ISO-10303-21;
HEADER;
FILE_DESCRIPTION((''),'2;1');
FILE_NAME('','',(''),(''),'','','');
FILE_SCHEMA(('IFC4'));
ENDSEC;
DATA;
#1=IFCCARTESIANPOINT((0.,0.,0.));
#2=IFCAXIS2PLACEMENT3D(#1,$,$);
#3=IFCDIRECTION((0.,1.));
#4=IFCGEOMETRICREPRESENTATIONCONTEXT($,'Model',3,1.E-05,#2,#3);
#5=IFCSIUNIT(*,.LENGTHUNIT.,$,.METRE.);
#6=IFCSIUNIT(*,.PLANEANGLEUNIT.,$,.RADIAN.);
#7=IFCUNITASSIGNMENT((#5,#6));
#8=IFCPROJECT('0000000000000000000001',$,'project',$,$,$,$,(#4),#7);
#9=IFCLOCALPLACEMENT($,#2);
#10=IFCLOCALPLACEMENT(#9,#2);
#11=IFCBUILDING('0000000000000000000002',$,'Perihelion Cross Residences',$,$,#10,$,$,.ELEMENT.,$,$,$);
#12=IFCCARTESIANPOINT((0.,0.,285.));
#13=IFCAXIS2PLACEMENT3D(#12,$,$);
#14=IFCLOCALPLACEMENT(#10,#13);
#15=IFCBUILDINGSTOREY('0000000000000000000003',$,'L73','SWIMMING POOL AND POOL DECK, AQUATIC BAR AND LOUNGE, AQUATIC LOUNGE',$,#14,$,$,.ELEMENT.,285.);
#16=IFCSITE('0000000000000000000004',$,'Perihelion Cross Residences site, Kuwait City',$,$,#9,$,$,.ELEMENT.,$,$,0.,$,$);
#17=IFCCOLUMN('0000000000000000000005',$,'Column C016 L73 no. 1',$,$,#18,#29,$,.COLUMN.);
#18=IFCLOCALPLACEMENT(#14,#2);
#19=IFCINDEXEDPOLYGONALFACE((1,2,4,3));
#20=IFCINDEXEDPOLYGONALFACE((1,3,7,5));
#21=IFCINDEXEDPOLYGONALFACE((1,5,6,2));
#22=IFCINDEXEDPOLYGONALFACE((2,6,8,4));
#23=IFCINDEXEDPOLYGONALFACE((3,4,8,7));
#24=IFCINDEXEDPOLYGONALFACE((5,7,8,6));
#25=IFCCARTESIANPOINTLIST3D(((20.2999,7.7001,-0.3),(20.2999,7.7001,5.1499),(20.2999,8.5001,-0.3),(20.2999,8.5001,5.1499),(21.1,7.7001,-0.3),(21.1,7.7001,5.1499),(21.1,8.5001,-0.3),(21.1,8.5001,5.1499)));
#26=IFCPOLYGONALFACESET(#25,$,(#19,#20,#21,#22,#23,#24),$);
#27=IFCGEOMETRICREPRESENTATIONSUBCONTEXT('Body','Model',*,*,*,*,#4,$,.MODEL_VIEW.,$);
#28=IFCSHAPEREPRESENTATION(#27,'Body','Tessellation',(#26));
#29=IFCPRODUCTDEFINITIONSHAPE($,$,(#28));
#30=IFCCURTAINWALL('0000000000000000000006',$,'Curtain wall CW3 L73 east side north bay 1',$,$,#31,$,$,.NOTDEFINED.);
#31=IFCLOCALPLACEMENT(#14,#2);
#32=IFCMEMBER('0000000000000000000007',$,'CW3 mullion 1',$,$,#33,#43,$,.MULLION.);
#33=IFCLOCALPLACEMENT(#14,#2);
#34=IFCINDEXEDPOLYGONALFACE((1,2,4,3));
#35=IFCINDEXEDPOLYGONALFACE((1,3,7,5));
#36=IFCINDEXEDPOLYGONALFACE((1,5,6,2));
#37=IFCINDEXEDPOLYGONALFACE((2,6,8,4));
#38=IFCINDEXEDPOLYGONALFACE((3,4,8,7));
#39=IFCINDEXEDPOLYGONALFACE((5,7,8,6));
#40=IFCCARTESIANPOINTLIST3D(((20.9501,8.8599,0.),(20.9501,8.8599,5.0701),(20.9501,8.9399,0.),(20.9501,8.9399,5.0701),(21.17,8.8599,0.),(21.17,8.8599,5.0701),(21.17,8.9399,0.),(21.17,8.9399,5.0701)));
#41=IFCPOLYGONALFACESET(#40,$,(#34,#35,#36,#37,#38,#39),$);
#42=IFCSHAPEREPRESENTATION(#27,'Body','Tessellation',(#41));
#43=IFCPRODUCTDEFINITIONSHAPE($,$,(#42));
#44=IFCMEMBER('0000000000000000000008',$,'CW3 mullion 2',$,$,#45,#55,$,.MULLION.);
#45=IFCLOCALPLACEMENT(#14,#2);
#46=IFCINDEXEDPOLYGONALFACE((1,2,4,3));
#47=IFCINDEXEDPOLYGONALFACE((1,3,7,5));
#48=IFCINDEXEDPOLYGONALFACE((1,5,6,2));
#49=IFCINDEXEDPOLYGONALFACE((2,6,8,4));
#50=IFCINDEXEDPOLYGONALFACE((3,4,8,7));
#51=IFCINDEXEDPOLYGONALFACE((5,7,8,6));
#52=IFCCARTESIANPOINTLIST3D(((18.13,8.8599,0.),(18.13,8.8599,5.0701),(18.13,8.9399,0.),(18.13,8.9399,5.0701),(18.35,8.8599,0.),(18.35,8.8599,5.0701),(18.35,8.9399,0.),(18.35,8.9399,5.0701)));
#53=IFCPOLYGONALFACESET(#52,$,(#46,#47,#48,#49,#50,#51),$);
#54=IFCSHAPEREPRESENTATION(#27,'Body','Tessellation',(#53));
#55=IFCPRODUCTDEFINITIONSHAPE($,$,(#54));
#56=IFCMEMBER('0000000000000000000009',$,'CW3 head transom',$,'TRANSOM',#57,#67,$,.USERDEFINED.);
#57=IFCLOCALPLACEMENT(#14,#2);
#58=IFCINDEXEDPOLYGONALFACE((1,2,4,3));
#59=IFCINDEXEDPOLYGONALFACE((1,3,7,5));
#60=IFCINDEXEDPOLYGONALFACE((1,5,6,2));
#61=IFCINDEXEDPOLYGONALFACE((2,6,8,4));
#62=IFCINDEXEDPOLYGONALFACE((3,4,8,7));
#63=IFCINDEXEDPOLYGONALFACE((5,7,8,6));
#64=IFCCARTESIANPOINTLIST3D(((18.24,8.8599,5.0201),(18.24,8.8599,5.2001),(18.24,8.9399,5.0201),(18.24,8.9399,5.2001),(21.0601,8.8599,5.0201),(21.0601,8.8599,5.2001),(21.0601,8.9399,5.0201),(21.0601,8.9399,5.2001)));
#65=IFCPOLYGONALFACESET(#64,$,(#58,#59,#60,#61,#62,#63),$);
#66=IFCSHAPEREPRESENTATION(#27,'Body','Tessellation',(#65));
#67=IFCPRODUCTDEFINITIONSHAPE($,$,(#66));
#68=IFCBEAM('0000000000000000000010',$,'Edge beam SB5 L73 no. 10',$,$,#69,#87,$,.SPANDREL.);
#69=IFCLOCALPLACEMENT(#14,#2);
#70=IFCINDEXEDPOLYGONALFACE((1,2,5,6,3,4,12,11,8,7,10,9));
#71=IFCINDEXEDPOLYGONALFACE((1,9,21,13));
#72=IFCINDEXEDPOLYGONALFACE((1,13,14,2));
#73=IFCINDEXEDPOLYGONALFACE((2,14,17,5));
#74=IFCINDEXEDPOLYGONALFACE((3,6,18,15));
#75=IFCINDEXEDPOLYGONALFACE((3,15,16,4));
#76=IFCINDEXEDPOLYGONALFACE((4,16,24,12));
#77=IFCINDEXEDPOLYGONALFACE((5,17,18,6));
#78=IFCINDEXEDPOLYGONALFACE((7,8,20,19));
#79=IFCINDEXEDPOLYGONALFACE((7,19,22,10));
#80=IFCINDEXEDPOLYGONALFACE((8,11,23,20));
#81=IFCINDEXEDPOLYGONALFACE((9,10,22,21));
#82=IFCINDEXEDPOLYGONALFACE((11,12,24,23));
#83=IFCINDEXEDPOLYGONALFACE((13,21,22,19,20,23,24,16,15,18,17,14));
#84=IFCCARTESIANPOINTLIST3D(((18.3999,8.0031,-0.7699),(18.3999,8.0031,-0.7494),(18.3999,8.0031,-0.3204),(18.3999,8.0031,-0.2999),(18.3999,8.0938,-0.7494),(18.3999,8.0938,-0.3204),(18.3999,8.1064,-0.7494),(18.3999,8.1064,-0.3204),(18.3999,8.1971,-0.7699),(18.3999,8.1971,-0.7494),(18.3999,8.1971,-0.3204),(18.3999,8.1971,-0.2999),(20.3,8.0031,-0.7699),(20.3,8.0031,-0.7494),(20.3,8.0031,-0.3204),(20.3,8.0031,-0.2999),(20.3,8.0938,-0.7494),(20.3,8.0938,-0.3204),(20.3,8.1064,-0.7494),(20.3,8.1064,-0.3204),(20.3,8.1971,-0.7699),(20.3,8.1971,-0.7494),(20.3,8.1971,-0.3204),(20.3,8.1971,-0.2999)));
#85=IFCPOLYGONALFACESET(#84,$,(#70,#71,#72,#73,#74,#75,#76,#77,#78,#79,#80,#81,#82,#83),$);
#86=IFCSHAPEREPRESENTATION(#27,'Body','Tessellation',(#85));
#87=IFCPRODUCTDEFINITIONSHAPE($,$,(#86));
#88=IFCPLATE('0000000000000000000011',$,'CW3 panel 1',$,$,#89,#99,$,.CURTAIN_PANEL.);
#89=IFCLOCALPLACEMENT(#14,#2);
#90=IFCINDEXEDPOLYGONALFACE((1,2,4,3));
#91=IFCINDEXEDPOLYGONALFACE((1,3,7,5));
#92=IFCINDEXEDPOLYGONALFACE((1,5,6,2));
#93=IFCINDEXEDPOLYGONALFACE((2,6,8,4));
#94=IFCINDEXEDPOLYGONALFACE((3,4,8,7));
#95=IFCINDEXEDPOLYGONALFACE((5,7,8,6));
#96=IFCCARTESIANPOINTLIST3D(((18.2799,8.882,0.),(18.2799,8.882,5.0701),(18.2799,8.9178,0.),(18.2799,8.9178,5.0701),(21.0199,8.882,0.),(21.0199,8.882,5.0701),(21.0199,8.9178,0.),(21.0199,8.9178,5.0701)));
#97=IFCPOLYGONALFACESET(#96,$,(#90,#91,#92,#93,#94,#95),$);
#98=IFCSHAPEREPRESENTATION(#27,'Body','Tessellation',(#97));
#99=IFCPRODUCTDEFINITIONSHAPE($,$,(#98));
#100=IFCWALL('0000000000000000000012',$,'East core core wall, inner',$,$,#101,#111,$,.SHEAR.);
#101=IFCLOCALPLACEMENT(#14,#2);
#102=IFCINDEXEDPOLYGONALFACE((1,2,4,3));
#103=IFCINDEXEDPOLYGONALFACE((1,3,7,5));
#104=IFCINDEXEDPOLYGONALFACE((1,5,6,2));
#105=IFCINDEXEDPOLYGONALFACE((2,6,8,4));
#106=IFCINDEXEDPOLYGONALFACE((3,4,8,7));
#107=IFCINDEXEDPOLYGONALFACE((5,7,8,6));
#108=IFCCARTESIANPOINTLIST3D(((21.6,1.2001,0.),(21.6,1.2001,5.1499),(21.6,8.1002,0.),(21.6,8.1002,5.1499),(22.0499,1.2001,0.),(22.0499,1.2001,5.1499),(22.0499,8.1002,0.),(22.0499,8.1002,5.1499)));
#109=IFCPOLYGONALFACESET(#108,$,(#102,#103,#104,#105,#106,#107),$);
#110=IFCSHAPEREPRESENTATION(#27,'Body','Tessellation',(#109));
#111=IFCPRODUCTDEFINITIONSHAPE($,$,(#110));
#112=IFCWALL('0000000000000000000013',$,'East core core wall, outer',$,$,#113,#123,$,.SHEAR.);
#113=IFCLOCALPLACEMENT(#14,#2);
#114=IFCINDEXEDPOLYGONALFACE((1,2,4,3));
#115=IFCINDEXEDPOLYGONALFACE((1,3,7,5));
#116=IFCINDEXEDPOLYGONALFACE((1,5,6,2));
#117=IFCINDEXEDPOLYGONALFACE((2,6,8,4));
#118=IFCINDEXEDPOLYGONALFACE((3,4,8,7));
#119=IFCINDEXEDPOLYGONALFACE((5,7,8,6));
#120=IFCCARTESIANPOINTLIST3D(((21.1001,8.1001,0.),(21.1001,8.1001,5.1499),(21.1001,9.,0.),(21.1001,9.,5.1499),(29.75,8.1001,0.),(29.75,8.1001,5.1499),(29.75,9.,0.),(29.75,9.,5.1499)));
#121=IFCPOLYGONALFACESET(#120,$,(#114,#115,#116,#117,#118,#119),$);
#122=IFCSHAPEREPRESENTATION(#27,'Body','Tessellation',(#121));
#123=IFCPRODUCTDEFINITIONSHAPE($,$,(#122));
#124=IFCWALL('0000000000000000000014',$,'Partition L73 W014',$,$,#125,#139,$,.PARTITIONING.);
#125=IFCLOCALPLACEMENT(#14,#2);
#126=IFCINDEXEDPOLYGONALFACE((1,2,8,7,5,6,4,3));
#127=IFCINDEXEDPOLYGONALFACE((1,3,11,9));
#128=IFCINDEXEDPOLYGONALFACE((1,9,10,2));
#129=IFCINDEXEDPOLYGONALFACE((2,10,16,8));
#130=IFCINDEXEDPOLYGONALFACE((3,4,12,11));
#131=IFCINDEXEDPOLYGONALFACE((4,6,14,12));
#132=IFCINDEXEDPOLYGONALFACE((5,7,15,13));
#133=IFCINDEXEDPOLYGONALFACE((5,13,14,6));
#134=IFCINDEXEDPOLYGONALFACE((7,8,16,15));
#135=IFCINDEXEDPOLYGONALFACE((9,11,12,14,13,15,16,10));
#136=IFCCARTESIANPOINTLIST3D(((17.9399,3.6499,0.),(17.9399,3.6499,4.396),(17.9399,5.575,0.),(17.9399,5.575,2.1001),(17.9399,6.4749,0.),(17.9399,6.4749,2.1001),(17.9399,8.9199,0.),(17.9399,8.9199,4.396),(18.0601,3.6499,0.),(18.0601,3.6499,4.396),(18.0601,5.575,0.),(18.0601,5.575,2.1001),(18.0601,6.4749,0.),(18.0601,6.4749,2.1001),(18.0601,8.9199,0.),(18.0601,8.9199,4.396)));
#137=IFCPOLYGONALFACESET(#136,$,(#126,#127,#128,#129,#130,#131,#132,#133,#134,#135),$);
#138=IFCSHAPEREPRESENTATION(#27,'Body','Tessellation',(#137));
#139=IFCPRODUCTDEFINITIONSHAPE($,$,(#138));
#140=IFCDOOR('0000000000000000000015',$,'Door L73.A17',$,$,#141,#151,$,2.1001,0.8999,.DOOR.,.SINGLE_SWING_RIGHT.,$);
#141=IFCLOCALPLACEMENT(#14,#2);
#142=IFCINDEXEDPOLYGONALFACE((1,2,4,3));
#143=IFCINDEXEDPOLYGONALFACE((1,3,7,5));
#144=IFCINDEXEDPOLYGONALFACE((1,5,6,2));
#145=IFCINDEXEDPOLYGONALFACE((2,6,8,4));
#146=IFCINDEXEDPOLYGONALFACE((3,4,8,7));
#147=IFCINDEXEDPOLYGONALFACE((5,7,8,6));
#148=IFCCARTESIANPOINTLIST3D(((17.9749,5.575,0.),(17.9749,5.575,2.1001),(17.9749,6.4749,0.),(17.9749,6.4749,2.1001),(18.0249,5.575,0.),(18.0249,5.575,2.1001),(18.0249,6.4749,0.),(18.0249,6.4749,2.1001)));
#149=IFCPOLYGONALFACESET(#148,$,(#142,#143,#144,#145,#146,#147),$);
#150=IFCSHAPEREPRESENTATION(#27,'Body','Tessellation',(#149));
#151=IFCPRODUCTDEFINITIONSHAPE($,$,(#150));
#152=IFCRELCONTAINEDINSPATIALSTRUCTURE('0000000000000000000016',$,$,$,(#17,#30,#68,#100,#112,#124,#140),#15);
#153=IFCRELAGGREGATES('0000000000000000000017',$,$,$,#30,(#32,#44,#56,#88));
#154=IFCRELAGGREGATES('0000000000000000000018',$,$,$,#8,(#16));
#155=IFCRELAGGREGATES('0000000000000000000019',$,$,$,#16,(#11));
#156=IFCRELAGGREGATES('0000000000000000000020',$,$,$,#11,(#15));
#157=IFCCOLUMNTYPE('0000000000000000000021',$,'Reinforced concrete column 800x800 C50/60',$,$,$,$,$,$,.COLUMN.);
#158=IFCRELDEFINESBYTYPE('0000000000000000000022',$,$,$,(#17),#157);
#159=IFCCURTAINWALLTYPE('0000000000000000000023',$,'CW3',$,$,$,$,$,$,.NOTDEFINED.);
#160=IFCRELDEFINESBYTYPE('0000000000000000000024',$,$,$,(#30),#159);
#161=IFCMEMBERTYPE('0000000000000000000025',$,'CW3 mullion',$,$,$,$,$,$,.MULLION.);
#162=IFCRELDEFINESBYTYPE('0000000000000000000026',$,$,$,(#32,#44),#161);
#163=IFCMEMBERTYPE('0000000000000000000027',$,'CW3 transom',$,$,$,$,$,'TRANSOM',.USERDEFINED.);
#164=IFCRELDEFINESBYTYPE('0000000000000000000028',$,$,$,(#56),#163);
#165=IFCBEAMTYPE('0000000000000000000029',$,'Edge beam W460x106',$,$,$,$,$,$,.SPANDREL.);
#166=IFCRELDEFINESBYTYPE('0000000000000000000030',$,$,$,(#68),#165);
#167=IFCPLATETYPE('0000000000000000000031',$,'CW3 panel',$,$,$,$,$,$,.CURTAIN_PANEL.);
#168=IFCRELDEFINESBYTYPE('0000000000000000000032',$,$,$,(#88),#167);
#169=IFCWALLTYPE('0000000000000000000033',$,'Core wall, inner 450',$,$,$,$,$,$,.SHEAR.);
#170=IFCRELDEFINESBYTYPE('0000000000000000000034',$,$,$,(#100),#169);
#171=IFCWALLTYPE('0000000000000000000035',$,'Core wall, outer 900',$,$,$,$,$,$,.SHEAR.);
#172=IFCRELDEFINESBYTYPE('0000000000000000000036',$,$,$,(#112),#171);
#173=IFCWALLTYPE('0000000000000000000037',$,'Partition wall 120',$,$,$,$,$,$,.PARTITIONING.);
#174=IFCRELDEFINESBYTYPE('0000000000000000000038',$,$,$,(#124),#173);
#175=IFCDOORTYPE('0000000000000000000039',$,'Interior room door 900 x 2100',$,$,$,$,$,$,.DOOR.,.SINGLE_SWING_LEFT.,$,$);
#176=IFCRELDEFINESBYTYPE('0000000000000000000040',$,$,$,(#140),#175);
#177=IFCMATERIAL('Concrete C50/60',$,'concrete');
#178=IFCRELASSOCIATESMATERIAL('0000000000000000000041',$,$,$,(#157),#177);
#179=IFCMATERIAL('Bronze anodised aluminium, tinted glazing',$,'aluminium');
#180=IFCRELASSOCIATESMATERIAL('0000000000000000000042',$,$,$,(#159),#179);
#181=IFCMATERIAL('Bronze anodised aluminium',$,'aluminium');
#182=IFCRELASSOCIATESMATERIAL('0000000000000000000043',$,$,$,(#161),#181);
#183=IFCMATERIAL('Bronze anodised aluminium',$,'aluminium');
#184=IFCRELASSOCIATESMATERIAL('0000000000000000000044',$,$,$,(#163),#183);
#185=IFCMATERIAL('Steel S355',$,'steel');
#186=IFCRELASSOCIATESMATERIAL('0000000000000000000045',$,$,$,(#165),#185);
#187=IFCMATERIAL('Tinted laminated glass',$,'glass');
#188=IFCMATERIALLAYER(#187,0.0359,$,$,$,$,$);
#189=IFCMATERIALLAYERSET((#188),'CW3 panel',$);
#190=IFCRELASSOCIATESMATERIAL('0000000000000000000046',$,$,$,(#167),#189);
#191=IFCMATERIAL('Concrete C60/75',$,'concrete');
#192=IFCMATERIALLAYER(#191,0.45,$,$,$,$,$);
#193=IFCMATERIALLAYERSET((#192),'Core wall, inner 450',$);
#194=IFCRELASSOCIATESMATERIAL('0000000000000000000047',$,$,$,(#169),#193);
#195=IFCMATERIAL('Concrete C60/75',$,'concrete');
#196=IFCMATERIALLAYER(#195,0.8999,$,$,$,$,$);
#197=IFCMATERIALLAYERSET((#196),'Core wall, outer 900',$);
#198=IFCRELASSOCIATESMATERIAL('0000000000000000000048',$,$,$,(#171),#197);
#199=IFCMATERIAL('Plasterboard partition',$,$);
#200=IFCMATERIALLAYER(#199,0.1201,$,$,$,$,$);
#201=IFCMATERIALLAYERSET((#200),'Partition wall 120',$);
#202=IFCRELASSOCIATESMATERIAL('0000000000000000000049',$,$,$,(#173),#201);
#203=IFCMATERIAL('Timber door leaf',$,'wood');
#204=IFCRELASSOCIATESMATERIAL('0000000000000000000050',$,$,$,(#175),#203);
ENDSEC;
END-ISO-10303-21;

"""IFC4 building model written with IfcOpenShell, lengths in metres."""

from ifc_helpers import new_model, si_unit, direction, frame, frame_2d, origin, origin_2d, place, context, subcontext, project, spatial, rectangle, i_section, extrude, material, layer, layer_set, material_profile, profile_set, type_object, element, fill, aggregate, save


model = new_model("IFC4")

# Units and contexts
model_context = context("Model", 3, precision=1e-05, world=origin(), true_north=direction((0.0, 1.0)))
body_context = subcontext(model_context, "Body", "Model", "MODEL_VIEW")
ifc_project = project(units=[si_unit("LENGTHUNIT", "METRE"), si_unit("PLANEANGLEUNIT", "RADIAN")], contexts=[model_context])

# Site, building, storey
site_placement = place(None, origin())
site = spatial("IfcSite", under=ifc_project, at=site_placement, Name="Perihelion Cross Residences site, Kuwait City", CompositionType="ELEMENT", RefElevation=0.0)
building_placement = place(site_placement, origin())
building = spatial("IfcBuilding", under=site, at=building_placement, Name="Perihelion Cross Residences", CompositionType="ELEMENT")
storey_placement = place(building_placement, frame((0.0, 0.0, 285.0)))
storey = spatial("IfcBuildingStorey", under=building, at=storey_placement, Name="L73", Description="SWIMMING POOL AND POOL DECK, AQUATIC BAR AND LOUNGE, AQUATIC LOUNGE", CompositionType="ELEMENT", Elevation=285.0)

# Column
ifc_material_1 = material(Name="Concrete C50/60", Category="concrete")
ifc_material_profile_1 = material_profile(ifc_material_1, rectangle(XDim=0.8, YDim=0.8, at=origin_2d()), Name="RC 800x800")
ifc_profile_set_1 = profile_set([ifc_material_profile_1], Name="Concrete C50/60")
column_type = type_object("IfcColumnType", Name="Reinforced concrete column 800x800 C50/60", PredefinedType="COLUMN", material=ifc_profile_set_1)
column_placement = place(storey_placement, frame((20.7, 8.1001, -0.3), z_axis=(0.0, 0.0, 1.0), x_axis=(1.0, 0.0, 0.0)))
element("IfcColumn", 1, at=column_placement, inside=storey, type_object=column_type, Name="Column C016 L73 no. 1", PredefinedType="COLUMN", context=body_context, shape_type="SweptSolid", body=[
    extrude(rectangle(XDim=0.8, YDim=0.8, at=origin_2d()), origin(), (0.0, 0.0, 1.0), 5.45),
])

# Curtain wall, members
ifc_material_2 = material(Name="Bronze anodised aluminium, tinted glazing", Category="aluminium")
curtain_wall_type = type_object("IfcCurtainWallType", Name="CW3", PredefinedType="NOTDEFINED", material=ifc_material_2)
curtain_wall_placement = place(storey_placement, origin())
curtain_wall = element("IfcCurtainWall", 2, at=curtain_wall_placement, inside=storey, type_object=curtain_wall_type, Name="Curtain wall CW3 L73 east side north bay 1", PredefinedType="NOTDEFINED")
ifc_material_3 = material(Name="Bronze anodised aluminium", Category="aluminium")
ifc_material_profile_2 = material_profile(ifc_material_3, rectangle(XDim=0.0801, YDim=0.22, at=origin_2d()), Name="CW3 mullion")
ifc_profile_set_2 = profile_set([ifc_material_profile_2], Name="Bronze anodised aluminium")
member_type_1 = type_object("IfcMemberType", Name="CW3 mullion", PredefinedType="MULLION", material=ifc_profile_set_2)
member_1_placement = place(storey_placement, frame((21.0601, 8.8999, 0.0), z_axis=(0.0, 0.0, 1.0), x_axis=(0.0, -1.0, 0.0)))
member_1 = element("IfcMember", 3, at=member_1_placement, type_object=member_type_1, Name="CW3 mullion 1", PredefinedType="MULLION", context=body_context, shape_type="SweptSolid", body=[
    extrude(rectangle(XDim=0.0801, YDim=0.22, at=origin_2d()), origin(), (0.0, 0.0, 1.0), 5.0701),
])
member_2_placement = place(storey_placement, frame((18.24, 8.8999, 0.0), z_axis=(0.0, 0.0, 1.0), x_axis=(0.0, -1.0, 0.0)))
member_2 = element("IfcMember", 4, at=member_2_placement, type_object=member_type_1, Name="CW3 mullion 2", PredefinedType="MULLION", context=body_context, shape_type="SweptSolid", body=[
    extrude(rectangle(XDim=0.0801, YDim=0.22, at=origin_2d()), origin(), (0.0, 0.0, 1.0), 5.0701),
])
ifc_material_4 = material(Name="Bronze anodised aluminium", Category="aluminium")
ifc_material_profile_3 = material_profile(ifc_material_4, rectangle(XDim=0.0801, YDim=0.1799, at=origin_2d()), Name="CW3 transom")
ifc_profile_set_3 = profile_set([ifc_material_profile_3], Name="Bronze anodised aluminium")
member_type_2 = type_object("IfcMemberType", Name="CW3 transom", ElementType="TRANSOM", PredefinedType="USERDEFINED", material=ifc_profile_set_3)
member_3_placement = place(storey_placement, frame((21.0601, 8.8999, 5.1101), z_axis=(-1.0, 0.0, 0.0), x_axis=(0.0, -1.0, 0.0)))
member_3 = element("IfcMember", 5, at=member_3_placement, type_object=member_type_2, Name="CW3 head transom", ObjectType="TRANSOM", PredefinedType="USERDEFINED", context=body_context, shape_type="SweptSolid", body=[
    extrude(rectangle(XDim=0.0801, YDim=0.1799, at=origin_2d()), origin(), (0.0, 0.0, 1.0), 2.8201),
])

# Beam
ifc_material_5 = material(Name="Steel S355", Category="steel")
ifc_material_profile_4 = material_profile(ifc_material_5, i_section(OverallWidth=0.1941, OverallDepth=0.47, WebThickness=0.0127, FlangeThickness=0.0205, at=origin_2d()), Name="W460x106")
ifc_profile_set_4 = profile_set([ifc_material_profile_4], Name="Steel S355")
beam_type = type_object("IfcBeamType", Name="Edge beam W460x106", PredefinedType="SPANDREL", material=ifc_profile_set_4)
beam_placement = place(storey_placement, frame((20.3, 8.1001, -0.5349), z_axis=(-1.0, 0.0, 0.0), x_axis=(0.0, -1.0, 0.0)))
element("IfcBeam", 6, at=beam_placement, inside=storey, type_object=beam_type, Name="Edge beam SB5 L73 no. 10", PredefinedType="SPANDREL", context=body_context, shape_type="SweptSolid", body=[
    extrude(i_section(OverallWidth=0.1941, OverallDepth=0.47, WebThickness=0.0127, FlangeThickness=0.0205, at=origin_2d()), origin(), (0.0, 0.0, 1.0), 1.9001),
])

# Plate
ifc_material_6 = material(Name="Tinted laminated glass", Category="glass")
ifc_layer_1 = layer(ifc_material_6, 0.0359)
ifc_layer_set_1 = layer_set([ifc_layer_1], Name="CW3 panel")
plate_type = type_object("IfcPlateType", Name="CW3 panel", PredefinedType="CURTAIN_PANEL", material=ifc_layer_set_1)
plate_placement = place(storey_placement, frame((19.6499, 8.8999, 0.0), z_axis=(0.0, 0.0, 1.0), x_axis=(-1.0, 0.0, 0.0)))
plate = element("IfcPlate", 7, at=plate_placement, type_object=plate_type, Name="CW3 panel 1", PredefinedType="CURTAIN_PANEL", context=body_context, shape_type="SweptSolid", body=[
    extrude(rectangle(XDim=2.74, YDim=0.0359, at=origin_2d()), origin(), (0.0, 0.0, 1.0), 5.0701),
])
aggregate(curtain_wall, [member_1, member_2, member_3, plate])

# Walls
ifc_material_7 = material(Name="Concrete C60/75", Category="concrete")
ifc_layer_2 = layer(ifc_material_7, 0.45)
ifc_layer_set_2 = layer_set([ifc_layer_2], Name="Core wall, inner 450")
wall_type_1 = type_object("IfcWallType", Name="Core wall, inner 450", PredefinedType="SHEAR", material=ifc_layer_set_2)
wall_1_placement = place(storey_placement, frame((21.825, 1.2, 0.0), z_axis=(0.0, 0.0, 1.0), x_axis=(0.0, 1.0, 0.0)))
element("IfcWall", 8, at=wall_1_placement, inside=storey, type_object=wall_type_1, Name="East core core wall, inner", PredefinedType="SHEAR", context=body_context, shape_type="SweptSolid", body=[
    extrude(rectangle(XDim=6.9001, YDim=0.45, at=frame_2d((3.4502, 0.0))), origin(), (0.0, 0.0, 1.0), 5.1499),
])
ifc_material_8 = material(Name="Concrete C60/75", Category="concrete")
ifc_layer_3 = layer(ifc_material_8, 0.8999)
ifc_layer_set_3 = layer_set([ifc_layer_3], Name="Core wall, outer 900")
wall_type_2 = type_object("IfcWallType", Name="Core wall, outer 900", PredefinedType="SHEAR", material=ifc_layer_set_3)
wall_2_placement = place(storey_placement, frame((21.1001, 8.55, 0.0), z_axis=(0.0, 0.0, 1.0), x_axis=(1.0, 0.0, 0.0)))
element("IfcWall", 9, at=wall_2_placement, inside=storey, type_object=wall_type_2, Name="East core core wall, outer", PredefinedType="SHEAR", context=body_context, shape_type="SweptSolid", body=[
    extrude(rectangle(XDim=8.6499, YDim=0.8999, at=frame_2d((4.325, 0.0))), origin(), (0.0, 0.0, 1.0), 5.1499),
])

# Wall, opening, door
ifc_material_9 = material(Name="Plasterboard partition")
ifc_layer_4 = layer(ifc_material_9, 0.1201)
ifc_layer_set_4 = layer_set([ifc_layer_4], Name="Partition wall 120")
wall_type_3 = type_object("IfcWallType", Name="Partition wall 120", PredefinedType="PARTITIONING", material=ifc_layer_set_4)
wall_3_placement = place(storey_placement, frame((18.0, 8.9199, 0.0), z_axis=(0.0, 0.0, 1.0), x_axis=(0.0, -1.0, 0.0)))
wall_3 = element("IfcWall", 10, at=wall_3_placement, inside=storey, type_object=wall_type_3, Name="Partition L73 W014", PredefinedType="PARTITIONING", context=body_context, shape_type="SweptSolid", body=[
    extrude(rectangle(XDim=5.27, YDim=0.1201, at=frame_2d((2.635, 0.0))), origin(), (0.0, 0.0, 1.0), 4.396),
])
opening_1_placement = place(wall_3_placement, frame((2.4451, 0.0, 0.0)))
opening_1 = element("IfcOpeningElement", 11, at=opening_1_placement, cuts=wall_3, PredefinedType="OPENING", context=body_context, shape_type="SweptSolid", body=[
    extrude(rectangle(XDim=0.8999, YDim=2.1001, at=frame_2d((0.45, 1.05))), frame((0.0, 0.0701, 0.0), z_axis=(0.0, -1.0, 0.0), x_axis=(1.0, 0.0, 0.0)), (0.0, 0.0, 1.0), 0.1401),
])
ifc_material_10 = material(Name="Timber door leaf", Category="wood")
door_type_1 = type_object("IfcDoorType", Name="Interior room door 900 x 2100", OperationType="SINGLE_SWING_LEFT", PredefinedType="DOOR", material=ifc_material_10)
door_1_placement = place(opening_1_placement, origin())
door_1 = element("IfcDoor", 12, at=door_1_placement, inside=storey, type_object=door_type_1, Name="Door L73.A17", OperationType="SINGLE_SWING_RIGHT", OverallHeight=2.1001, OverallWidth=0.8999, PredefinedType="DOOR", context=body_context, shape_type="SweptSolid", body=[
    extrude(rectangle(XDim=0.8999, YDim=2.1001, at=frame_2d((0.45, 1.05))), frame((0.0, 0.0249, 0.0), z_axis=(0.0, -1.0, 0.0), x_axis=(1.0, 0.0, 0.0)), (0.0, 0.0, 1.0), 0.05),
])
fill(opening_1, door_1)

save(model, "model.ifc")
